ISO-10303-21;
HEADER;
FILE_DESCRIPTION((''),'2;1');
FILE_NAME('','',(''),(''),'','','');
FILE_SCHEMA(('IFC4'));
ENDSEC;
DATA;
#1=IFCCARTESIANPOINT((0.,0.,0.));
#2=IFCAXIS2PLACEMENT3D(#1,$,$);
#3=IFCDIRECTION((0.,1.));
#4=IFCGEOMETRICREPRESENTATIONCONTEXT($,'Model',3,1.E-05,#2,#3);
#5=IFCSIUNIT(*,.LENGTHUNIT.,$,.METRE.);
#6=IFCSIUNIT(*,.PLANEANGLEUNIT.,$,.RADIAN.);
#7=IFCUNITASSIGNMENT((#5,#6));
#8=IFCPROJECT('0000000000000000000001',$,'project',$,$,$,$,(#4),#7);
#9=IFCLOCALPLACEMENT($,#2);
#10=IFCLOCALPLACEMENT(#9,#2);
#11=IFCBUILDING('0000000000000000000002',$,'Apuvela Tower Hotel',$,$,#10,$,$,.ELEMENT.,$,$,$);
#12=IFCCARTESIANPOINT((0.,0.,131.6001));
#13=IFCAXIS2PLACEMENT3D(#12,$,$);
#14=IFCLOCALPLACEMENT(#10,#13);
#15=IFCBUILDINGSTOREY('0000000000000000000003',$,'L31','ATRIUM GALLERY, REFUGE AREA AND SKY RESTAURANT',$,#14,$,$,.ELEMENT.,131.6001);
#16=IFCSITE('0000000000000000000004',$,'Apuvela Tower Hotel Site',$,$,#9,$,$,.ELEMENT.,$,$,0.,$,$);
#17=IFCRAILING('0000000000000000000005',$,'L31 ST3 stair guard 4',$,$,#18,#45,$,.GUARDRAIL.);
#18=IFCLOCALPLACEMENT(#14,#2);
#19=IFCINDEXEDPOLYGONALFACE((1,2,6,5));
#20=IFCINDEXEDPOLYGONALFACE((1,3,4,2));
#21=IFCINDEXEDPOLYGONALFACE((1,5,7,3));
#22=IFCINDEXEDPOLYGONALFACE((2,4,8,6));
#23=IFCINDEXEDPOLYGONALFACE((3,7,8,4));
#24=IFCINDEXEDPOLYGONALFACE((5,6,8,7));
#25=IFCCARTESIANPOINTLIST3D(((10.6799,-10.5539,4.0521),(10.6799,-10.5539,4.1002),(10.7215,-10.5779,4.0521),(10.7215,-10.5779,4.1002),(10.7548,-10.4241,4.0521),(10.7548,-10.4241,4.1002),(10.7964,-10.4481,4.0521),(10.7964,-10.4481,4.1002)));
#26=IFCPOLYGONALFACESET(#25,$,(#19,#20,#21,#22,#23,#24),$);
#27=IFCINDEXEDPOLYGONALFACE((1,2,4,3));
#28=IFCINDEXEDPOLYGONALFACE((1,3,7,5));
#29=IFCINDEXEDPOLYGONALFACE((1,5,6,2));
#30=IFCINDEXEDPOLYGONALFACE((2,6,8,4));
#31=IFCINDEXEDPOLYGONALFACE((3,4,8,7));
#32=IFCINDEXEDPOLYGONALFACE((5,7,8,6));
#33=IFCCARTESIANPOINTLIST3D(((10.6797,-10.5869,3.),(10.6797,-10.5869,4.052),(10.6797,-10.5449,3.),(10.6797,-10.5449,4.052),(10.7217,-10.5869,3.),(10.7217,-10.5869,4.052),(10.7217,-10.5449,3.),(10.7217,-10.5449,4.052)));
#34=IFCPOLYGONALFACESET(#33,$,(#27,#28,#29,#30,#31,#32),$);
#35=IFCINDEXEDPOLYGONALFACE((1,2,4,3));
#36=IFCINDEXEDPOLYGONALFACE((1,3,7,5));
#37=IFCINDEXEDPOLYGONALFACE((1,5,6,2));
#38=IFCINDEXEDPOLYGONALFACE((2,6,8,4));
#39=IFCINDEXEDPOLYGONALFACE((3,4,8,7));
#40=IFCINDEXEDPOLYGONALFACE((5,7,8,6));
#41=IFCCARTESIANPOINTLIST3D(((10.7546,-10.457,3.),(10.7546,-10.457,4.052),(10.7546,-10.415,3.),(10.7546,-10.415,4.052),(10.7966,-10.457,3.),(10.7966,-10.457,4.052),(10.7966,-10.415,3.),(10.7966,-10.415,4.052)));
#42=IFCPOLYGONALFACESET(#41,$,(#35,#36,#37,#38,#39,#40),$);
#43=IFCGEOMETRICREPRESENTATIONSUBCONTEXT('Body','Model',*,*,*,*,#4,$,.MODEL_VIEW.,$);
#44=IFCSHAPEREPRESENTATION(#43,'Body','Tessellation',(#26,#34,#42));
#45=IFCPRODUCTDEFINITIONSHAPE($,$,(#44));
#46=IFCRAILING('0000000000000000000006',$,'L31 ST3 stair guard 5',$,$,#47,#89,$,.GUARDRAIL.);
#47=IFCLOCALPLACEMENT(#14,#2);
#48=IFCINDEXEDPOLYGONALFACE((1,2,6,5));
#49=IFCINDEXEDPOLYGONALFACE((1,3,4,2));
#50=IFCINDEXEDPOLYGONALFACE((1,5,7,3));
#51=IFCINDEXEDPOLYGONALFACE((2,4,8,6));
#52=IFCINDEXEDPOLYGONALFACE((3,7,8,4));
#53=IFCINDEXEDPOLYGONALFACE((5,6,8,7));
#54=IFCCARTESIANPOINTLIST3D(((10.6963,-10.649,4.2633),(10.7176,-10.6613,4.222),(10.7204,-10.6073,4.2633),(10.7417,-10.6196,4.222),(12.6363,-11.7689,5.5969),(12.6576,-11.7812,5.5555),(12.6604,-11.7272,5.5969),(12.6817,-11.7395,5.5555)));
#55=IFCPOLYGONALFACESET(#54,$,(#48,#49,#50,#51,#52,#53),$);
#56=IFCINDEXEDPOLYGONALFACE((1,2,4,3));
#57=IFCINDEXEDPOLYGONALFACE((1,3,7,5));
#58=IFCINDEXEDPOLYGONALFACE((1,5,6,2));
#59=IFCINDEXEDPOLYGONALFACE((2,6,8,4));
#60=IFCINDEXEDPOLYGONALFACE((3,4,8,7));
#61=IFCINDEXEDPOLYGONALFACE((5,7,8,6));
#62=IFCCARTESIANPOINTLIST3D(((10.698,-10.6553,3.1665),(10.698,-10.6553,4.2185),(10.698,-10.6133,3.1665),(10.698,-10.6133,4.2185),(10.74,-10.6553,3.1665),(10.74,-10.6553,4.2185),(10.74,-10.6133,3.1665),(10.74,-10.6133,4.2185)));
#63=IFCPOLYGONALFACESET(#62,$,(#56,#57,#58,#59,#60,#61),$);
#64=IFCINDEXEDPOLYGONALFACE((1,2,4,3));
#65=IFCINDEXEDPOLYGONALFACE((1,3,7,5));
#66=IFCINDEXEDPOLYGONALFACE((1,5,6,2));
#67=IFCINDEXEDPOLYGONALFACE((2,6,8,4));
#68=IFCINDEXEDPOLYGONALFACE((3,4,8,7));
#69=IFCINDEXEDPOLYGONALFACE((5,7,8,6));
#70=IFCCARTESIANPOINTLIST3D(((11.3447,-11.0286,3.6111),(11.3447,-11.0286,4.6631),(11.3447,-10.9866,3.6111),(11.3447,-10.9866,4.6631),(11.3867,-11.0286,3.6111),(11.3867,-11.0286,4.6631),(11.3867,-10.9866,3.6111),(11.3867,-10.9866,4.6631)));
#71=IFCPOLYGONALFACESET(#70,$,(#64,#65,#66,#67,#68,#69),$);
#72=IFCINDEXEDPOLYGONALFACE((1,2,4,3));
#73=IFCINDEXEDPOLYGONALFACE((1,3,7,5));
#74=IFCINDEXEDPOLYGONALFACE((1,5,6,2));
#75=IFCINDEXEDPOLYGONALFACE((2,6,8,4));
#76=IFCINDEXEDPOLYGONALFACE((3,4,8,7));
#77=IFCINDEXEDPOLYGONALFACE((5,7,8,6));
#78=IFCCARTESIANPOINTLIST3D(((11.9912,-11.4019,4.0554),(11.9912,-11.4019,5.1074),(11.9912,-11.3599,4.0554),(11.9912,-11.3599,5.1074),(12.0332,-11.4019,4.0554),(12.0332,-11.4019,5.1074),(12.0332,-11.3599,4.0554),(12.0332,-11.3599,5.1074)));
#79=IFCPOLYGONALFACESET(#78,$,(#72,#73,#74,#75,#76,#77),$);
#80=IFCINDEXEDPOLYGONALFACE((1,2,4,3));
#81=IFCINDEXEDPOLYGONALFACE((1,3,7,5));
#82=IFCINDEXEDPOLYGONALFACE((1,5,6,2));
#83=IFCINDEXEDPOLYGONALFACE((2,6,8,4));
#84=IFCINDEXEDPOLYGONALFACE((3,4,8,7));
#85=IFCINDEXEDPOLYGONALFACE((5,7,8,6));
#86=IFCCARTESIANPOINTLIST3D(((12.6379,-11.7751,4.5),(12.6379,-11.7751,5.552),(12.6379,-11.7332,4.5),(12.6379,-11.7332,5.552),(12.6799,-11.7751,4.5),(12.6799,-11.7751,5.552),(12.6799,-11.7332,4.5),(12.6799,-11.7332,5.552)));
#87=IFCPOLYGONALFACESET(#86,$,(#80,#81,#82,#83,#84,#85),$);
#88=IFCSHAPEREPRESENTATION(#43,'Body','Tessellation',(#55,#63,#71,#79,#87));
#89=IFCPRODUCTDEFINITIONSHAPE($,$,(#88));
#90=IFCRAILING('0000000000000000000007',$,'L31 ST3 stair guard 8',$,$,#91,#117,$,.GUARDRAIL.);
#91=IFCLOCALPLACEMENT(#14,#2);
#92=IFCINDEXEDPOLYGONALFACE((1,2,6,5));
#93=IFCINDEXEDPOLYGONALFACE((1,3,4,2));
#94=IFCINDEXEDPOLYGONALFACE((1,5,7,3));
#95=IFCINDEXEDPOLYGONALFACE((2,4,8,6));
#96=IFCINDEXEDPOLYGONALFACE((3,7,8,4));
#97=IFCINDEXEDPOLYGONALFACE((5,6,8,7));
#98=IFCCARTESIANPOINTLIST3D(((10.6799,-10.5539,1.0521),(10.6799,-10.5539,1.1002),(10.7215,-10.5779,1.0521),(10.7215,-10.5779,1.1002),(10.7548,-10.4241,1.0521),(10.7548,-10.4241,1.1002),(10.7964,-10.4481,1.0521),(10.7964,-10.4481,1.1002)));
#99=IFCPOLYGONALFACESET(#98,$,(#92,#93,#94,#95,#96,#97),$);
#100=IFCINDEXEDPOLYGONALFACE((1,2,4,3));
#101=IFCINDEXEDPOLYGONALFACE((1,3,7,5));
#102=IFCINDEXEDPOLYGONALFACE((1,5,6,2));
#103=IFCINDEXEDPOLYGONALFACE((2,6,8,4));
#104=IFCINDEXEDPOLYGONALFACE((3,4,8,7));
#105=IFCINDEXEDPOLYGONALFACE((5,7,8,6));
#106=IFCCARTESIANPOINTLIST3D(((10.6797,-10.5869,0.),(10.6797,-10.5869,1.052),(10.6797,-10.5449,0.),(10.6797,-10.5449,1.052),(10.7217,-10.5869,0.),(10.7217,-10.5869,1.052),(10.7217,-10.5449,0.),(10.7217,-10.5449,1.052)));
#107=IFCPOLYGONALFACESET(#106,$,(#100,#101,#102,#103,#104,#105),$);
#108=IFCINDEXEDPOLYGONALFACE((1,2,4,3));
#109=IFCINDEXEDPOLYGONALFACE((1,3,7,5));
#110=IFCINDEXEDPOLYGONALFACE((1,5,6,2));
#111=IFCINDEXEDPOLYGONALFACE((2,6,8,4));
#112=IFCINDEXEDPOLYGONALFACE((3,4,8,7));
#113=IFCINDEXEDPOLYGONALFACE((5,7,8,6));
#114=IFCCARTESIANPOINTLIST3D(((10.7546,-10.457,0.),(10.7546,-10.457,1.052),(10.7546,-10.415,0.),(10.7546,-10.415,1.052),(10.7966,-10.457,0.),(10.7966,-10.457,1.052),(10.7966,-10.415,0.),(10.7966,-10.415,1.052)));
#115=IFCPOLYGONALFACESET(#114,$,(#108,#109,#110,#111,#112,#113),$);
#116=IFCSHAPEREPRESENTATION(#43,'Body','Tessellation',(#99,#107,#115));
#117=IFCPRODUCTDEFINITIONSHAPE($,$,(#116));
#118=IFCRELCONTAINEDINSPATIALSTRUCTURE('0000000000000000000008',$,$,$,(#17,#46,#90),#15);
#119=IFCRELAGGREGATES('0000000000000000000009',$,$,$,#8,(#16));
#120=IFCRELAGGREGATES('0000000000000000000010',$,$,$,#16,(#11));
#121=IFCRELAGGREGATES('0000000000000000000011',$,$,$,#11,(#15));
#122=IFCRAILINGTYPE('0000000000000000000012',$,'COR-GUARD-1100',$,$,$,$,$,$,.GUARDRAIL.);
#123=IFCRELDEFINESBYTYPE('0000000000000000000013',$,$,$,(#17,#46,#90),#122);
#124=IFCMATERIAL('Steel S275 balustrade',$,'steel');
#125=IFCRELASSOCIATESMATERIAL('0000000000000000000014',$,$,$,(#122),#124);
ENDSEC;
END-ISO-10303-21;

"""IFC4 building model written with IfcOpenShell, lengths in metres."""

from ifc_helpers import new_model, si_unit, direction, frame, origin, origin_2d, place, context, subcontext, project, spatial, rectangle, extrude, material, type_object, element, save


model = new_model("IFC4")

# Units and contexts
model_context = context("Model", 3, precision=1e-05, world=origin(), true_north=direction((0.0, 1.0)))
body_context = subcontext(model_context, "Body", "Model", "MODEL_VIEW")
ifc_project = project(units=[si_unit("LENGTHUNIT", "METRE"), si_unit("PLANEANGLEUNIT", "RADIAN")], contexts=[model_context])

# Site, building, storey
site_placement = place(None, origin())
site = spatial("IfcSite", under=ifc_project, at=site_placement, Name="Apuvela Tower Hotel Site", CompositionType="ELEMENT", RefElevation=0.0)
building_placement = place(site_placement, origin())
building = spatial("IfcBuilding", under=site, at=building_placement, Name="Apuvela Tower Hotel", CompositionType="ELEMENT")
storey_placement = place(building_placement, frame((0.0, 0.0, 131.6001)))
storey = spatial("IfcBuildingStorey", under=building, at=storey_placement, Name="L31", Description="ATRIUM GALLERY, REFUGE AREA AND SKY RESTAURANT", CompositionType="ELEMENT", Elevation=131.6001)

# Railings
ifc_material_1 = material(Name="Steel S275 balustrade", Category="steel")
railing_type_1 = type_object("IfcRailingType", Name="COR-GUARD-1100", PredefinedType="GUARDRAIL", material=ifc_material_1)
railing_1_placement = place(storey_placement, frame((10.7007, -10.5659, 3.0)))
element("IfcRailing", 1, at=railing_1_placement, inside=storey, type_object=railing_type_1, Name="L31 ST3 stair guard 4", PredefinedType="GUARDRAIL", context=body_context, shape_type="SweptSolid", body=[
    extrude(rectangle(XDim=0.0481, YDim=0.0481, at=origin_2d()), frame((0.0, 0.0, 1.0762), z_axis=(0.499816, 0.866131, 0.0), x_axis=(-0.866131, 0.499816, 0.0)), (0.0, 0.0, 1.0), 0.1499),
    extrude(rectangle(XDim=0.042, YDim=0.042, at=origin_2d()), origin(), (0.0, 0.0, 1.0), 1.052),
    extrude(rectangle(XDim=0.042, YDim=0.042, at=origin_2d()), frame((0.075, 0.1299, 0.0)), (0.0, 0.0, 1.0), 1.052),
])
railing_2_placement = place(storey_placement, frame((10.719, -10.6343, 3.1665)))
element("IfcRailing", 2, at=railing_2_placement, inside=storey, type_object=railing_type_1, Name="L31 ST3 stair guard 5", PredefinedType="GUARDRAIL", context=body_context, shape_type="SweptSolid", body=[
    extrude(rectangle(XDim=0.0481, YDim=0.0481, at=origin_2d()), frame((0.0, 0.0, 1.0762), z_axis=(0.744169, -0.429588, 0.511534), x_axis=(0.499949, 0.866055, 0.0)), (0.0, 0.0, 1.0), 2.6069),
    extrude(rectangle(XDim=0.042, YDim=0.042, at=origin_2d()), origin(), (0.0, 0.0, 1.0), 1.052),
    extrude(rectangle(XDim=0.042, YDim=0.042, at=origin_2d()), frame((0.6467, -0.3733, 0.4446)), (0.0, 0.0, 1.0), 1.052),
    extrude(rectangle(XDim=0.042, YDim=0.042, at=origin_2d()), frame((1.2932, -0.7466, 0.8889)), (0.0, 0.0, 1.0), 1.052),
    extrude(rectangle(XDim=0.042, YDim=0.042, at=origin_2d()), frame((1.9399, -1.1199, 1.3335)), (0.0, 0.0, 1.0), 1.052),
])
railing_3_placement = place(storey_placement, frame((10.7007, -10.5659, 0.0)))
element("IfcRailing", 3, at=railing_3_placement, inside=storey, type_object=railing_type_1, Name="L31 ST3 stair guard 8", PredefinedType="GUARDRAIL", context=body_context, shape_type="SweptSolid", body=[
    extrude(rectangle(XDim=0.0481, YDim=0.0481, at=origin_2d()), frame((0.0, 0.0, 1.0762), z_axis=(0.499816, 0.866131, 0.0), x_axis=(-0.866131, 0.499816, 0.0)), (0.0, 0.0, 1.0), 0.1499),
    extrude(rectangle(XDim=0.042, YDim=0.042, at=origin_2d()), origin(), (0.0, 0.0, 1.0), 1.052),
    extrude(rectangle(XDim=0.042, YDim=0.042, at=origin_2d()), frame((0.075, 0.1299, 0.0)), (0.0, 0.0, 1.0), 1.052),
])

save(model, "model.ifc")
